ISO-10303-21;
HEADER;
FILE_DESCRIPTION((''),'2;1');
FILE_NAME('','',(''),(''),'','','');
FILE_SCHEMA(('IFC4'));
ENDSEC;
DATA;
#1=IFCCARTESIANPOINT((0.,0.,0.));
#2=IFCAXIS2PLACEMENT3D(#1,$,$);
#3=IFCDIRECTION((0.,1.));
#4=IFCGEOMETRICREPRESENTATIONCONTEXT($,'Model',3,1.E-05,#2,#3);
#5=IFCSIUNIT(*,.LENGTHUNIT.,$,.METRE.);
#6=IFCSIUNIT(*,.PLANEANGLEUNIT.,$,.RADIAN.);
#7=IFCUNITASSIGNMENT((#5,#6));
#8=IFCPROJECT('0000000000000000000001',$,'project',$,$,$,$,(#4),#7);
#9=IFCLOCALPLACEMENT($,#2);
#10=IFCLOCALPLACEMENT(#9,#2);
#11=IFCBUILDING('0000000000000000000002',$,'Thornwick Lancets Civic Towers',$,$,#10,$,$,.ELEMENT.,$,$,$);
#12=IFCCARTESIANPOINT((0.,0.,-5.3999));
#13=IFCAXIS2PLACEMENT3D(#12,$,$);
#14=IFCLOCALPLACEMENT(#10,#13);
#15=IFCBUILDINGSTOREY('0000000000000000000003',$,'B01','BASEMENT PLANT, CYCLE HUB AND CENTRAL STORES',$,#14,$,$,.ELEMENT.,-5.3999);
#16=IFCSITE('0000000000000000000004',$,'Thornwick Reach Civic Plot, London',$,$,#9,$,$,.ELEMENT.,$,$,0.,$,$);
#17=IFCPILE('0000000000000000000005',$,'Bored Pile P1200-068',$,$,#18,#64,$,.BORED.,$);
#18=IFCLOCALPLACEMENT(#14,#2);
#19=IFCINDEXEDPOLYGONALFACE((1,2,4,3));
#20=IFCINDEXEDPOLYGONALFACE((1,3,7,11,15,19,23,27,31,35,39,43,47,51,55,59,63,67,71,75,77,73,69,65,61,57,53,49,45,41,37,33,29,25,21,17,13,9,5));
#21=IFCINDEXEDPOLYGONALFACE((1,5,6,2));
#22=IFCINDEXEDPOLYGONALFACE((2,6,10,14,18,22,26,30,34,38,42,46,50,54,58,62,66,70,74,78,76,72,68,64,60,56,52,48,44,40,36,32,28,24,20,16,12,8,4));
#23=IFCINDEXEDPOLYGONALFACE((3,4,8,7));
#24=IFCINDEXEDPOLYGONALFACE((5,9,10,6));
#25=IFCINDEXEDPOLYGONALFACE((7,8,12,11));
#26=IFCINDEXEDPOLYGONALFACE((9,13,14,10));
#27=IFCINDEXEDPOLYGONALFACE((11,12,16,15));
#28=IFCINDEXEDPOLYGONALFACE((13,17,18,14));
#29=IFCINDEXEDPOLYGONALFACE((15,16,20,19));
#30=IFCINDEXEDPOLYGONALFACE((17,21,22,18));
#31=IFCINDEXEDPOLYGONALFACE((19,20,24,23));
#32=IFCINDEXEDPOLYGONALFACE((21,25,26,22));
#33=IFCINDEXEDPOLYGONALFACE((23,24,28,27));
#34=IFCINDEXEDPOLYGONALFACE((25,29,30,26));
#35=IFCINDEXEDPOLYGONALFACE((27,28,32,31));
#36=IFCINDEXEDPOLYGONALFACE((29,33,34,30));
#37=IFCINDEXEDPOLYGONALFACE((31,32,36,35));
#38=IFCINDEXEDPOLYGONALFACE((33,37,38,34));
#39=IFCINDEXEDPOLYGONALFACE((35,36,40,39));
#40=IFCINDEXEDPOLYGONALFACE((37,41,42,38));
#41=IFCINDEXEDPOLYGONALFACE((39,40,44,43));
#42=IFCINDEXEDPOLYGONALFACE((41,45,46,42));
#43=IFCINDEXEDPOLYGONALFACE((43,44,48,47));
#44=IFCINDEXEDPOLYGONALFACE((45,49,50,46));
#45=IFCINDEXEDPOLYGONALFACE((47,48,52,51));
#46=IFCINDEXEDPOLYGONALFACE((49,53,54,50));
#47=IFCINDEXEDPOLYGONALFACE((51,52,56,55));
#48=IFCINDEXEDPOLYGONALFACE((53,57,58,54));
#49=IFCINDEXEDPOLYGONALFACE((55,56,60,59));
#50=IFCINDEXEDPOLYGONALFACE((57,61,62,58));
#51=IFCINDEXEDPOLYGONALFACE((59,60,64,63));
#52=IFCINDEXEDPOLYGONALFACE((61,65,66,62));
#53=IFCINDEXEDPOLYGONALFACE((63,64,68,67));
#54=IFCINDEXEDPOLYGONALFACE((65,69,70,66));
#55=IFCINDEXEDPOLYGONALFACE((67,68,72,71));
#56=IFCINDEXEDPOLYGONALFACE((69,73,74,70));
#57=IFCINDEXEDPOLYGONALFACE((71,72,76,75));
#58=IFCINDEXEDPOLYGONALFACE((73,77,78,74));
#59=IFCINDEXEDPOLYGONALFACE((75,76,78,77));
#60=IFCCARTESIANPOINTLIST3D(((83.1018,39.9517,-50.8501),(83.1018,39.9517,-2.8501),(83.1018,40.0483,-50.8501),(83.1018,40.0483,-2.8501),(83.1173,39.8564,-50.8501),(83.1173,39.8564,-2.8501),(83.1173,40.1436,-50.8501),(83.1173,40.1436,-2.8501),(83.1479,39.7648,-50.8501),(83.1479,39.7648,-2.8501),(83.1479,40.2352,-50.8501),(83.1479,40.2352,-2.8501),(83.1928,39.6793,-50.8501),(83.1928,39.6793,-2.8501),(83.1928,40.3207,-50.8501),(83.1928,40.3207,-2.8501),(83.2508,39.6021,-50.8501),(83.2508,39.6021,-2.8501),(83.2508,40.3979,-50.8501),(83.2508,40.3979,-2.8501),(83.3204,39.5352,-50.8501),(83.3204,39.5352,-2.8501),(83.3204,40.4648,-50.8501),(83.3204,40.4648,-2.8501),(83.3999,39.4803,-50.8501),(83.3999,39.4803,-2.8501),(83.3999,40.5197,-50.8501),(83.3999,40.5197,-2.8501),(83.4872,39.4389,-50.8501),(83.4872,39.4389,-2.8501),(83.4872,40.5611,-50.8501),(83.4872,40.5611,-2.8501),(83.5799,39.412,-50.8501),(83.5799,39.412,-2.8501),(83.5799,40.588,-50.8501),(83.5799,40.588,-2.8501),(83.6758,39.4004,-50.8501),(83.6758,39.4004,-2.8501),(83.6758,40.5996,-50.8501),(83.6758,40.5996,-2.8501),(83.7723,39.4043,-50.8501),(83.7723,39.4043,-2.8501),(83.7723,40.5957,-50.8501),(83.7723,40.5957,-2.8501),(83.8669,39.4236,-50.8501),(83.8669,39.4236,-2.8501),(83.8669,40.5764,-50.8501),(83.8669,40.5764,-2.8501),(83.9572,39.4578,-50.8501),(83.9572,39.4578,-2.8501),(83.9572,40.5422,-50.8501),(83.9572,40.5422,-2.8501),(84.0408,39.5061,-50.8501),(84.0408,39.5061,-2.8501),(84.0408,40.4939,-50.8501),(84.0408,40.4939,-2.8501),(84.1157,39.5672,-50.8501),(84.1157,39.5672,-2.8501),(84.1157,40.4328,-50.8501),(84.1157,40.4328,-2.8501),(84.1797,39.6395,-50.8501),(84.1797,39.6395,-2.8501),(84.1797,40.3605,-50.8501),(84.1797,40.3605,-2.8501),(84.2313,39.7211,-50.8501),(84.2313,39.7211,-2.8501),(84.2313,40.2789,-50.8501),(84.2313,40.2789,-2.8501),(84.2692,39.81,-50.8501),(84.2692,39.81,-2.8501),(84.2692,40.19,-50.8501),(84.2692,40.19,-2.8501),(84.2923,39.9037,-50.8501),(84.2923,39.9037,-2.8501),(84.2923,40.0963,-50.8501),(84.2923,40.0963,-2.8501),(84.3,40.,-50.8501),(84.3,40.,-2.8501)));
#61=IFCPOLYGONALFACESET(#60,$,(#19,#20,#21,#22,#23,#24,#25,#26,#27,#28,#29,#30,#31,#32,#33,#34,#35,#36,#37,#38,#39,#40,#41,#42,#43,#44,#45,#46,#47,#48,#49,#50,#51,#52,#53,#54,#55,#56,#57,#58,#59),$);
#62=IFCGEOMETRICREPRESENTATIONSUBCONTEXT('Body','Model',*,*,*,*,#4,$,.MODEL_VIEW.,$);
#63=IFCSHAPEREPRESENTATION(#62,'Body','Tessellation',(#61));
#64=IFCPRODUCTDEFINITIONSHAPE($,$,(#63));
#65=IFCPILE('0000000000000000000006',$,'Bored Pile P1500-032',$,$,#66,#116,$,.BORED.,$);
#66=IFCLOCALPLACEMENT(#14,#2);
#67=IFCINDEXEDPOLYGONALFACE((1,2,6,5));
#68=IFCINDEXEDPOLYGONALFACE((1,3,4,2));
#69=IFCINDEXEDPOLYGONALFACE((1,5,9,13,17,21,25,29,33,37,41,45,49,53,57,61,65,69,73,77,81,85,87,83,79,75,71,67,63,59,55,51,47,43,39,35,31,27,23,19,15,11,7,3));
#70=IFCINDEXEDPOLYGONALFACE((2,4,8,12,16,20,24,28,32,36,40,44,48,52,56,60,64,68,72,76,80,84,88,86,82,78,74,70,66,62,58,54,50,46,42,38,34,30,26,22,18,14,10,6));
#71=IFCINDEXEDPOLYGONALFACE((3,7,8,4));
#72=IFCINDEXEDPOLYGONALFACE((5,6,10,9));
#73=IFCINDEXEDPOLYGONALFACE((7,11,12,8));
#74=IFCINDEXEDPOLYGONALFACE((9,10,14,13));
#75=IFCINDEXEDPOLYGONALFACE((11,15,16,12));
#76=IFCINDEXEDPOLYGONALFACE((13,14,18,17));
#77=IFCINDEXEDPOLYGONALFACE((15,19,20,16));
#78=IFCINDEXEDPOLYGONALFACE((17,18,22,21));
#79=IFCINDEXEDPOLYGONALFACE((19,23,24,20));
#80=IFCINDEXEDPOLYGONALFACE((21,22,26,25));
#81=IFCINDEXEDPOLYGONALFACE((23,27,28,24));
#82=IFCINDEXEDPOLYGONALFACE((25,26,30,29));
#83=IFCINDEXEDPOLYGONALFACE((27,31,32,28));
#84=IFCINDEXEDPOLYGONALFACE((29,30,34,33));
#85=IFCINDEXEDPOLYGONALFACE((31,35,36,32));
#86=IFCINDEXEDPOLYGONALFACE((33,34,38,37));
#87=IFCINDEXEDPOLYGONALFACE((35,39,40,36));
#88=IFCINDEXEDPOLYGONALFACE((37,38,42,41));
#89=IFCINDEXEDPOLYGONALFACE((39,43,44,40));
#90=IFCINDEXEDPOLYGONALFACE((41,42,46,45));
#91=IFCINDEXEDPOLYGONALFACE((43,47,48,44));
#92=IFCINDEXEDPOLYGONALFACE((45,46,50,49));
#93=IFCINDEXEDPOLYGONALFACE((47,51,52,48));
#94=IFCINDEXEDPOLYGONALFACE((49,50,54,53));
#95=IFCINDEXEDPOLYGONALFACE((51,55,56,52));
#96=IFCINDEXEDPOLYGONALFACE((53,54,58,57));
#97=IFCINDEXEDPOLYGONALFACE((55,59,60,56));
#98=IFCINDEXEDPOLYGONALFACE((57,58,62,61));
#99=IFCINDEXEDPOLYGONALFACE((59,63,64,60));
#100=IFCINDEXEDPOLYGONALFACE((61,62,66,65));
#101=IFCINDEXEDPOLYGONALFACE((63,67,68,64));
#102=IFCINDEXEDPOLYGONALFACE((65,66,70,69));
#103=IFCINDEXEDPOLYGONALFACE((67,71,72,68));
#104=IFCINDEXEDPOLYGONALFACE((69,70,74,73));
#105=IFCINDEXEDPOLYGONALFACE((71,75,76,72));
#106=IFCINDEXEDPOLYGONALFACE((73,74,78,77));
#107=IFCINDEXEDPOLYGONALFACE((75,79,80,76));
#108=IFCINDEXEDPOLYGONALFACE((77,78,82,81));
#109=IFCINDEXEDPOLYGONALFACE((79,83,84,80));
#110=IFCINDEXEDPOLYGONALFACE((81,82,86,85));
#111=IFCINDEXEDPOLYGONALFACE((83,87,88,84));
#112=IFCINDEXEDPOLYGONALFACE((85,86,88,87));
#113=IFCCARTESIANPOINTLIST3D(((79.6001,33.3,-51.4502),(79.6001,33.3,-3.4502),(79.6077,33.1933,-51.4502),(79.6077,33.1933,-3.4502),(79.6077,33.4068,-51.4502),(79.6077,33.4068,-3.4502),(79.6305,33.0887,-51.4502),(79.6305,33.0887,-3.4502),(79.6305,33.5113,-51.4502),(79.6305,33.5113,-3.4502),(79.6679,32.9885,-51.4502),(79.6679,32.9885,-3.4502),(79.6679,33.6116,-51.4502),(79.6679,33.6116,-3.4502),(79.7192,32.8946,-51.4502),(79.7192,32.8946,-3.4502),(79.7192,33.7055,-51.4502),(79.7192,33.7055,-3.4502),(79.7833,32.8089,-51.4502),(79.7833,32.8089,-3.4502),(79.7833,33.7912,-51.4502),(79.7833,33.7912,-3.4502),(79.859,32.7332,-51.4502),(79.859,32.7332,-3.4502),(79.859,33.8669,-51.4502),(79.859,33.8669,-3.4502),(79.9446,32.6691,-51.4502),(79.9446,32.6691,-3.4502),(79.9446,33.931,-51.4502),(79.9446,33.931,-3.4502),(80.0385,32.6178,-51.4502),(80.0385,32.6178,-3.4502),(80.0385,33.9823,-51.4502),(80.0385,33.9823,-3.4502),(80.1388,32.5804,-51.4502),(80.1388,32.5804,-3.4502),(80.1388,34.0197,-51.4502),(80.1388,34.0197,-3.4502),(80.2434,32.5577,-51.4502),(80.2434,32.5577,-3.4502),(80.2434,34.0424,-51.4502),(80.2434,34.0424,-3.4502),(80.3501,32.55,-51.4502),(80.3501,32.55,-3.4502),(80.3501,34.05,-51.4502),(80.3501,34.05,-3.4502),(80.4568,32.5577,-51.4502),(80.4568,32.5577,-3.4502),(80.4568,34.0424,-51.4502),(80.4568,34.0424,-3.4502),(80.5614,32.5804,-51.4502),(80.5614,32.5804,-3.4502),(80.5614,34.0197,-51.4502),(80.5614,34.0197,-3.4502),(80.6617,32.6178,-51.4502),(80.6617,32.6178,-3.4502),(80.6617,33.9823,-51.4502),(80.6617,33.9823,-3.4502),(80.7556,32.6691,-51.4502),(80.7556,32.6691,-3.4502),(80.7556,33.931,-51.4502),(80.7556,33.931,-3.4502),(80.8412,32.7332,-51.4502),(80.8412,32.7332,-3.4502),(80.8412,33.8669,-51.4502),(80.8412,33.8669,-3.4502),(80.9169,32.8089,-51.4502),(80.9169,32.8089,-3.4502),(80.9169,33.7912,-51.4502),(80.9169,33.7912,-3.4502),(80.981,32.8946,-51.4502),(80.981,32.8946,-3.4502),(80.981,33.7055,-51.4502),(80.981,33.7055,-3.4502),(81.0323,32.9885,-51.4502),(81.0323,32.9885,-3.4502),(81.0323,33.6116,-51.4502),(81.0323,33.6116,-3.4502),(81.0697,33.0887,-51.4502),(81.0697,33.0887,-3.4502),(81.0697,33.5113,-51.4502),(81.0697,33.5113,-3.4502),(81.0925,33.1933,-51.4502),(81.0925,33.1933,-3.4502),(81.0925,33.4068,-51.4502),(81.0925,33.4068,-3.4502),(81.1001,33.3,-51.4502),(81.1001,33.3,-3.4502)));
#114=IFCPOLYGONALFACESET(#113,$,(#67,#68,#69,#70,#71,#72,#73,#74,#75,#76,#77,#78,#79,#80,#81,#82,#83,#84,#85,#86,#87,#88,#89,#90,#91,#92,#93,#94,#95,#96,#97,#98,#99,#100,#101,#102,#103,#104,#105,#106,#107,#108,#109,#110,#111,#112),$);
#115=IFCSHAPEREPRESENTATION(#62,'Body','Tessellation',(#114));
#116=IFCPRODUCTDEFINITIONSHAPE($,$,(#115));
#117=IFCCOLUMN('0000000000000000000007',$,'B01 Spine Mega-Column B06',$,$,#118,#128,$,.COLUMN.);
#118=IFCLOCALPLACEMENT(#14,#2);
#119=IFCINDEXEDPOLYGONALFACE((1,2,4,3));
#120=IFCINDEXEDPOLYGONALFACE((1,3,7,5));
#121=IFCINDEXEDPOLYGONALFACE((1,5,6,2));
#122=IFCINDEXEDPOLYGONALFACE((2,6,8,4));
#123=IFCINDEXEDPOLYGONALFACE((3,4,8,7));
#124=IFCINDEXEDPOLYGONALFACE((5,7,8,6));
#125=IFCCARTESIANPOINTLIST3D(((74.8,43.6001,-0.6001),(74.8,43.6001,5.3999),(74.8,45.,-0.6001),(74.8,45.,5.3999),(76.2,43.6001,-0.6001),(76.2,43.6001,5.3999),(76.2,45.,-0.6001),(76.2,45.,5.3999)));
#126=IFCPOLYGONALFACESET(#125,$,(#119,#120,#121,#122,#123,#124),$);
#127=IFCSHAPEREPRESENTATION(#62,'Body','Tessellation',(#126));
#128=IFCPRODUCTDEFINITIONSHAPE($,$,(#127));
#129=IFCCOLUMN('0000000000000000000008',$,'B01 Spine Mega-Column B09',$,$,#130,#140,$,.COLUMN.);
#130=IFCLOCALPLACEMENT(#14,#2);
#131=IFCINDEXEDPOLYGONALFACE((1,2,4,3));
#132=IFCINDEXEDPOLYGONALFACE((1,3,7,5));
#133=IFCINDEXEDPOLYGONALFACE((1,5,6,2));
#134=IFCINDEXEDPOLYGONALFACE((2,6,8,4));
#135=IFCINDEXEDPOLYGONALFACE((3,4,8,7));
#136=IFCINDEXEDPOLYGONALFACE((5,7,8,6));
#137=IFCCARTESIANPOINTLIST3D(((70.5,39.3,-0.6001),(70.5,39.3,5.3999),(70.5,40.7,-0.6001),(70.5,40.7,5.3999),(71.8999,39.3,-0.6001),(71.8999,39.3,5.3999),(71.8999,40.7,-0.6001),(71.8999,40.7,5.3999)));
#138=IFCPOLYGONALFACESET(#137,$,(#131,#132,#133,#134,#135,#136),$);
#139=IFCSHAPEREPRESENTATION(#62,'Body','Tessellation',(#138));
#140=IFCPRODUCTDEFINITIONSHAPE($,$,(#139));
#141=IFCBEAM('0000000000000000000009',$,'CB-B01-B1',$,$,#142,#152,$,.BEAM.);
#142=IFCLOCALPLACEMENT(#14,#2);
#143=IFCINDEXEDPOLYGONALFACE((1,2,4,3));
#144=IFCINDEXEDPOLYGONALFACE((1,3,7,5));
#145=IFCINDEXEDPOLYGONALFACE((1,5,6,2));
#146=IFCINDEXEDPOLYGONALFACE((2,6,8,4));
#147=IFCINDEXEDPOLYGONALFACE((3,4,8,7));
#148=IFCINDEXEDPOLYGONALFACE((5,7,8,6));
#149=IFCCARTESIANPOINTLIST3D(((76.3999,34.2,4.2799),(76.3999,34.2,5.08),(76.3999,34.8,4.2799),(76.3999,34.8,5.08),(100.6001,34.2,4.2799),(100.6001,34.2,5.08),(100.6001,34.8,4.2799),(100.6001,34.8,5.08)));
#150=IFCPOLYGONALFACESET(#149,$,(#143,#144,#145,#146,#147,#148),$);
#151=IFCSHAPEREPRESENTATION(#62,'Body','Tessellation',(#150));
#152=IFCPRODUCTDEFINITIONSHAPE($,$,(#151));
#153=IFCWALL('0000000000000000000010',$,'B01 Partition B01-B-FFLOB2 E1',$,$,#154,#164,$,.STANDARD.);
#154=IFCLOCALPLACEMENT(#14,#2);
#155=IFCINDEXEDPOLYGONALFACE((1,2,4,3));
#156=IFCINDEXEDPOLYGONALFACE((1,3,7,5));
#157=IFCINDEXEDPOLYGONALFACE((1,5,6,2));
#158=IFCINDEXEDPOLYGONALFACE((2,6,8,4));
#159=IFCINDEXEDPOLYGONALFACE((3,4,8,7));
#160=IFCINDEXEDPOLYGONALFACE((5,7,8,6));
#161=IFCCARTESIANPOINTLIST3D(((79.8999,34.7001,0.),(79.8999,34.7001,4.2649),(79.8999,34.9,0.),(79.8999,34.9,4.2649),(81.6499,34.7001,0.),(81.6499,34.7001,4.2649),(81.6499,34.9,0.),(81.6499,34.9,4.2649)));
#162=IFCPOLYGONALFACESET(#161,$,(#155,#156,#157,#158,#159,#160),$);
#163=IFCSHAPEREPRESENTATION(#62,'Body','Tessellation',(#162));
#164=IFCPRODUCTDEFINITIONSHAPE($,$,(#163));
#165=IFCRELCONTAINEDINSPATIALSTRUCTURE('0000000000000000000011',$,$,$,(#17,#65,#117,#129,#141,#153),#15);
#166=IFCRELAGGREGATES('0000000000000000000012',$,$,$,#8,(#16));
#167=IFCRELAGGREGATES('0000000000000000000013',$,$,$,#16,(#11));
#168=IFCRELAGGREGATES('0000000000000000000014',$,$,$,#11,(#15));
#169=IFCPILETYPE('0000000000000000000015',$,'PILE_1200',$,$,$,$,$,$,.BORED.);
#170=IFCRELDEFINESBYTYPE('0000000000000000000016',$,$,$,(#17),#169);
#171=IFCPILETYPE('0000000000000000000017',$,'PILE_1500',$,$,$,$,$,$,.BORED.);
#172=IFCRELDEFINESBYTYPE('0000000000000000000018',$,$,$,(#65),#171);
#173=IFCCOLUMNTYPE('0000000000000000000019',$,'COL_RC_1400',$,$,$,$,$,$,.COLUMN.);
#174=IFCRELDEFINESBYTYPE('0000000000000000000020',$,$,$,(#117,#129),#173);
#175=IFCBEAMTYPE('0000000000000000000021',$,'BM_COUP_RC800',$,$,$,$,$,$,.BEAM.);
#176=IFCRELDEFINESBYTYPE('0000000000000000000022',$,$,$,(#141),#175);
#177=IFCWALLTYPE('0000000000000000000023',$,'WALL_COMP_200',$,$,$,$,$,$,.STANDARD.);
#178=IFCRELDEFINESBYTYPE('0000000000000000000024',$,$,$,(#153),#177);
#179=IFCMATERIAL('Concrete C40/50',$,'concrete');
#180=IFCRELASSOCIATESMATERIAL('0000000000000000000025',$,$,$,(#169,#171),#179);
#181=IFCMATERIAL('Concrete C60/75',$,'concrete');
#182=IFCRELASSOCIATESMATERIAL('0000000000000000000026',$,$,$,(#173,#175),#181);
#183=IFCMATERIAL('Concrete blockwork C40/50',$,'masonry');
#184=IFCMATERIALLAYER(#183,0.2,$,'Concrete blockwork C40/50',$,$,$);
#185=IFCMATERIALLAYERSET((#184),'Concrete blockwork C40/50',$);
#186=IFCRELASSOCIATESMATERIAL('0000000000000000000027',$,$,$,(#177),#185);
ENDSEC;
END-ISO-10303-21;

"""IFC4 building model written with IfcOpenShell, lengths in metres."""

from ifc_helpers import new_model, si_unit, direction, frame, frame_2d, origin, origin_2d, place, context, subcontext, project, spatial, rectangle, circle, extrude, material, layer, layer_set, material_profile, profile_set, type_object, element, save


model = new_model("IFC4")

# Units and contexts
model_context = context("Model", 3, precision=1e-05, world=origin(), true_north=direction((0.0, 1.0)))
body_context = subcontext(model_context, "Body", "Model", "MODEL_VIEW")
ifc_project = project(units=[si_unit("LENGTHUNIT", "METRE"), si_unit("PLANEANGLEUNIT", "RADIAN")], contexts=[model_context])

# Site, building, storey
site_placement = place(None, origin())
site = spatial("IfcSite", under=ifc_project, at=site_placement, Name="Thornwick Reach Civic Plot, London", CompositionType="ELEMENT", RefElevation=0.0)
building_placement = place(site_placement, origin())
building = spatial("IfcBuilding", under=site, at=building_placement, Name="Thornwick Lancets Civic Towers", CompositionType="ELEMENT")
storey_placement = place(building_placement, frame((0.0, 0.0, -5.3999)))
storey = spatial("IfcBuildingStorey", under=building, at=storey_placement, Name="B01", Description="BASEMENT PLANT, CYCLE HUB AND CENTRAL STORES", CompositionType="ELEMENT", Elevation=-5.3999)

# Shared definitions
ifc_material_1 = material(Name="Concrete C40/50", Category="concrete")

# Piles
ifc_material_profile_1 = material_profile(ifc_material_1, circle(Radius=0.6001, at=origin_2d()), Name="PILE D1200")
ifc_profile_set_1 = profile_set([ifc_material_profile_1], Name="Concrete C40/50")
pile_type_1 = type_object("IfcPileType", Name="PILE_1200", PredefinedType="BORED", material=ifc_profile_set_1)
for number, where, z_axis, x_axis, name in (
    (1, (83.7, 40.0, -2.8501), (0.0, 0.0, -1.0), (1.0, 0.0, 0.0), "Bored Pile P1200-068"),
):
    element("IfcPile", number, at=place(storey_placement, frame(where, z_axis=z_axis, x_axis=x_axis)), inside=storey, type_object=pile_type_1, Name=name, PredefinedType="BORED", context=body_context, shape_type="SweptSolid", body=[
        extrude(circle(Radius=0.6001, at=origin_2d()), origin(), (0.0, 0.0, 1.0), 48.0),
    ])
ifc_material_profile_2 = material_profile(ifc_material_1, circle(Radius=0.75, at=origin_2d()), Name="PILE D1500")
ifc_profile_set_2 = profile_set([ifc_material_profile_2], Name="Concrete C40/50")
pile_type_2 = type_object("IfcPileType", Name="PILE_1500", PredefinedType="BORED", material=ifc_profile_set_2)
pile_placement = place(storey_placement, frame((80.3501, 33.3, -3.4502), z_axis=(0.0, 0.0, -1.0), x_axis=(1.0, 0.0, 0.0)))
element("IfcPile", 2, at=pile_placement, inside=storey, type_object=pile_type_2, Name="Bored Pile P1500-032", PredefinedType="BORED", context=body_context, shape_type="SweptSolid", body=[
    extrude(circle(Radius=0.75, at=origin_2d()), origin(), (0.0, 0.0, 1.0), 48.0),
])

# Columns
ifc_material_2 = material(Name="Concrete C60/75", Category="concrete")
ifc_material_profile_3 = material_profile(ifc_material_2, rectangle(XDim=1.3999, YDim=1.3999, at=origin_2d()), Name="RC 1400x1400")
ifc_profile_set_3 = profile_set([ifc_material_profile_3], Name="Concrete C60/75")
column_type = type_object("IfcColumnType", Name="COL_RC_1400", PredefinedType="COLUMN", material=ifc_profile_set_3)
for number, where, z_axis, x_axis, name in (
    (3, (75.5, 44.3, -0.6001), (0.0, 0.0, 1.0), (1.0, 0.0, 0.0), "B01 Spine Mega-Column B06"),
    (4, (71.2, 40.0, -0.6001), (0.0, 0.0, 1.0), (1.0, 0.0, 0.0), "B01 Spine Mega-Column B09"),
):
    element("IfcColumn", number, at=place(storey_placement, frame(where, z_axis=z_axis, x_axis=x_axis)), inside=storey, type_object=column_type, Name=name, PredefinedType="COLUMN", context=body_context, shape_type="SweptSolid", body=[
        extrude(rectangle(XDim=1.3999, YDim=1.3999, at=origin_2d()), origin(), (0.0, 0.0, 1.0), 6.0),
    ])

# Beam
ifc_material_profile_4 = material_profile(ifc_material_2, rectangle(XDim=0.6001, YDim=0.8, at=origin_2d()), Name="RC 600x800")
ifc_profile_set_4 = profile_set([ifc_material_profile_4], Name="Concrete C60/75")
beam_type = type_object("IfcBeamType", Name="BM_COUP_RC800", PredefinedType="BEAM", material=ifc_profile_set_4)
beam_placement = place(storey_placement, frame((76.3999, 34.5, 4.6799), z_axis=(1.0, 0.0, 0.0), x_axis=(0.0, 1.0, 0.0)))
element("IfcBeam", 5, at=beam_placement, inside=storey, type_object=beam_type, Name="CB-B01-B1", PredefinedType="BEAM", context=body_context, shape_type="SweptSolid", body=[
    extrude(rectangle(XDim=0.6001, YDim=0.8, at=origin_2d()), origin(), (0.0, 0.0, 1.0), 24.2002),
])

# Wall
ifc_material_3 = material(Name="Concrete blockwork C40/50", Category="masonry")
ifc_layer_1 = layer(ifc_material_3, 0.2, Name="Concrete blockwork C40/50")
ifc_layer_set_1 = layer_set([ifc_layer_1], Name="Concrete blockwork C40/50")
wall_type_1 = type_object("IfcWallType", Name="WALL_COMP_200", PredefinedType="STANDARD", material=ifc_layer_set_1)
wall_1_placement = place(storey_placement, frame((79.8999, 34.8, 0.0), z_axis=(0.0, 0.0, 1.0), x_axis=(1.0, 0.0, 0.0)))
element("IfcWall", 6, at=wall_1_placement, inside=storey, type_object=wall_type_1, Name="B01 Partition B01-B-FFLOB2 E1", PredefinedType="STANDARD", context=body_context, shape_type="SweptSolid", body=[
    extrude(rectangle(XDim=1.75, YDim=0.2, at=frame_2d((0.875, 0.0))), origin(), (0.0, 0.0, 1.0), 4.2649),
])

save(model, "model.ifc")
